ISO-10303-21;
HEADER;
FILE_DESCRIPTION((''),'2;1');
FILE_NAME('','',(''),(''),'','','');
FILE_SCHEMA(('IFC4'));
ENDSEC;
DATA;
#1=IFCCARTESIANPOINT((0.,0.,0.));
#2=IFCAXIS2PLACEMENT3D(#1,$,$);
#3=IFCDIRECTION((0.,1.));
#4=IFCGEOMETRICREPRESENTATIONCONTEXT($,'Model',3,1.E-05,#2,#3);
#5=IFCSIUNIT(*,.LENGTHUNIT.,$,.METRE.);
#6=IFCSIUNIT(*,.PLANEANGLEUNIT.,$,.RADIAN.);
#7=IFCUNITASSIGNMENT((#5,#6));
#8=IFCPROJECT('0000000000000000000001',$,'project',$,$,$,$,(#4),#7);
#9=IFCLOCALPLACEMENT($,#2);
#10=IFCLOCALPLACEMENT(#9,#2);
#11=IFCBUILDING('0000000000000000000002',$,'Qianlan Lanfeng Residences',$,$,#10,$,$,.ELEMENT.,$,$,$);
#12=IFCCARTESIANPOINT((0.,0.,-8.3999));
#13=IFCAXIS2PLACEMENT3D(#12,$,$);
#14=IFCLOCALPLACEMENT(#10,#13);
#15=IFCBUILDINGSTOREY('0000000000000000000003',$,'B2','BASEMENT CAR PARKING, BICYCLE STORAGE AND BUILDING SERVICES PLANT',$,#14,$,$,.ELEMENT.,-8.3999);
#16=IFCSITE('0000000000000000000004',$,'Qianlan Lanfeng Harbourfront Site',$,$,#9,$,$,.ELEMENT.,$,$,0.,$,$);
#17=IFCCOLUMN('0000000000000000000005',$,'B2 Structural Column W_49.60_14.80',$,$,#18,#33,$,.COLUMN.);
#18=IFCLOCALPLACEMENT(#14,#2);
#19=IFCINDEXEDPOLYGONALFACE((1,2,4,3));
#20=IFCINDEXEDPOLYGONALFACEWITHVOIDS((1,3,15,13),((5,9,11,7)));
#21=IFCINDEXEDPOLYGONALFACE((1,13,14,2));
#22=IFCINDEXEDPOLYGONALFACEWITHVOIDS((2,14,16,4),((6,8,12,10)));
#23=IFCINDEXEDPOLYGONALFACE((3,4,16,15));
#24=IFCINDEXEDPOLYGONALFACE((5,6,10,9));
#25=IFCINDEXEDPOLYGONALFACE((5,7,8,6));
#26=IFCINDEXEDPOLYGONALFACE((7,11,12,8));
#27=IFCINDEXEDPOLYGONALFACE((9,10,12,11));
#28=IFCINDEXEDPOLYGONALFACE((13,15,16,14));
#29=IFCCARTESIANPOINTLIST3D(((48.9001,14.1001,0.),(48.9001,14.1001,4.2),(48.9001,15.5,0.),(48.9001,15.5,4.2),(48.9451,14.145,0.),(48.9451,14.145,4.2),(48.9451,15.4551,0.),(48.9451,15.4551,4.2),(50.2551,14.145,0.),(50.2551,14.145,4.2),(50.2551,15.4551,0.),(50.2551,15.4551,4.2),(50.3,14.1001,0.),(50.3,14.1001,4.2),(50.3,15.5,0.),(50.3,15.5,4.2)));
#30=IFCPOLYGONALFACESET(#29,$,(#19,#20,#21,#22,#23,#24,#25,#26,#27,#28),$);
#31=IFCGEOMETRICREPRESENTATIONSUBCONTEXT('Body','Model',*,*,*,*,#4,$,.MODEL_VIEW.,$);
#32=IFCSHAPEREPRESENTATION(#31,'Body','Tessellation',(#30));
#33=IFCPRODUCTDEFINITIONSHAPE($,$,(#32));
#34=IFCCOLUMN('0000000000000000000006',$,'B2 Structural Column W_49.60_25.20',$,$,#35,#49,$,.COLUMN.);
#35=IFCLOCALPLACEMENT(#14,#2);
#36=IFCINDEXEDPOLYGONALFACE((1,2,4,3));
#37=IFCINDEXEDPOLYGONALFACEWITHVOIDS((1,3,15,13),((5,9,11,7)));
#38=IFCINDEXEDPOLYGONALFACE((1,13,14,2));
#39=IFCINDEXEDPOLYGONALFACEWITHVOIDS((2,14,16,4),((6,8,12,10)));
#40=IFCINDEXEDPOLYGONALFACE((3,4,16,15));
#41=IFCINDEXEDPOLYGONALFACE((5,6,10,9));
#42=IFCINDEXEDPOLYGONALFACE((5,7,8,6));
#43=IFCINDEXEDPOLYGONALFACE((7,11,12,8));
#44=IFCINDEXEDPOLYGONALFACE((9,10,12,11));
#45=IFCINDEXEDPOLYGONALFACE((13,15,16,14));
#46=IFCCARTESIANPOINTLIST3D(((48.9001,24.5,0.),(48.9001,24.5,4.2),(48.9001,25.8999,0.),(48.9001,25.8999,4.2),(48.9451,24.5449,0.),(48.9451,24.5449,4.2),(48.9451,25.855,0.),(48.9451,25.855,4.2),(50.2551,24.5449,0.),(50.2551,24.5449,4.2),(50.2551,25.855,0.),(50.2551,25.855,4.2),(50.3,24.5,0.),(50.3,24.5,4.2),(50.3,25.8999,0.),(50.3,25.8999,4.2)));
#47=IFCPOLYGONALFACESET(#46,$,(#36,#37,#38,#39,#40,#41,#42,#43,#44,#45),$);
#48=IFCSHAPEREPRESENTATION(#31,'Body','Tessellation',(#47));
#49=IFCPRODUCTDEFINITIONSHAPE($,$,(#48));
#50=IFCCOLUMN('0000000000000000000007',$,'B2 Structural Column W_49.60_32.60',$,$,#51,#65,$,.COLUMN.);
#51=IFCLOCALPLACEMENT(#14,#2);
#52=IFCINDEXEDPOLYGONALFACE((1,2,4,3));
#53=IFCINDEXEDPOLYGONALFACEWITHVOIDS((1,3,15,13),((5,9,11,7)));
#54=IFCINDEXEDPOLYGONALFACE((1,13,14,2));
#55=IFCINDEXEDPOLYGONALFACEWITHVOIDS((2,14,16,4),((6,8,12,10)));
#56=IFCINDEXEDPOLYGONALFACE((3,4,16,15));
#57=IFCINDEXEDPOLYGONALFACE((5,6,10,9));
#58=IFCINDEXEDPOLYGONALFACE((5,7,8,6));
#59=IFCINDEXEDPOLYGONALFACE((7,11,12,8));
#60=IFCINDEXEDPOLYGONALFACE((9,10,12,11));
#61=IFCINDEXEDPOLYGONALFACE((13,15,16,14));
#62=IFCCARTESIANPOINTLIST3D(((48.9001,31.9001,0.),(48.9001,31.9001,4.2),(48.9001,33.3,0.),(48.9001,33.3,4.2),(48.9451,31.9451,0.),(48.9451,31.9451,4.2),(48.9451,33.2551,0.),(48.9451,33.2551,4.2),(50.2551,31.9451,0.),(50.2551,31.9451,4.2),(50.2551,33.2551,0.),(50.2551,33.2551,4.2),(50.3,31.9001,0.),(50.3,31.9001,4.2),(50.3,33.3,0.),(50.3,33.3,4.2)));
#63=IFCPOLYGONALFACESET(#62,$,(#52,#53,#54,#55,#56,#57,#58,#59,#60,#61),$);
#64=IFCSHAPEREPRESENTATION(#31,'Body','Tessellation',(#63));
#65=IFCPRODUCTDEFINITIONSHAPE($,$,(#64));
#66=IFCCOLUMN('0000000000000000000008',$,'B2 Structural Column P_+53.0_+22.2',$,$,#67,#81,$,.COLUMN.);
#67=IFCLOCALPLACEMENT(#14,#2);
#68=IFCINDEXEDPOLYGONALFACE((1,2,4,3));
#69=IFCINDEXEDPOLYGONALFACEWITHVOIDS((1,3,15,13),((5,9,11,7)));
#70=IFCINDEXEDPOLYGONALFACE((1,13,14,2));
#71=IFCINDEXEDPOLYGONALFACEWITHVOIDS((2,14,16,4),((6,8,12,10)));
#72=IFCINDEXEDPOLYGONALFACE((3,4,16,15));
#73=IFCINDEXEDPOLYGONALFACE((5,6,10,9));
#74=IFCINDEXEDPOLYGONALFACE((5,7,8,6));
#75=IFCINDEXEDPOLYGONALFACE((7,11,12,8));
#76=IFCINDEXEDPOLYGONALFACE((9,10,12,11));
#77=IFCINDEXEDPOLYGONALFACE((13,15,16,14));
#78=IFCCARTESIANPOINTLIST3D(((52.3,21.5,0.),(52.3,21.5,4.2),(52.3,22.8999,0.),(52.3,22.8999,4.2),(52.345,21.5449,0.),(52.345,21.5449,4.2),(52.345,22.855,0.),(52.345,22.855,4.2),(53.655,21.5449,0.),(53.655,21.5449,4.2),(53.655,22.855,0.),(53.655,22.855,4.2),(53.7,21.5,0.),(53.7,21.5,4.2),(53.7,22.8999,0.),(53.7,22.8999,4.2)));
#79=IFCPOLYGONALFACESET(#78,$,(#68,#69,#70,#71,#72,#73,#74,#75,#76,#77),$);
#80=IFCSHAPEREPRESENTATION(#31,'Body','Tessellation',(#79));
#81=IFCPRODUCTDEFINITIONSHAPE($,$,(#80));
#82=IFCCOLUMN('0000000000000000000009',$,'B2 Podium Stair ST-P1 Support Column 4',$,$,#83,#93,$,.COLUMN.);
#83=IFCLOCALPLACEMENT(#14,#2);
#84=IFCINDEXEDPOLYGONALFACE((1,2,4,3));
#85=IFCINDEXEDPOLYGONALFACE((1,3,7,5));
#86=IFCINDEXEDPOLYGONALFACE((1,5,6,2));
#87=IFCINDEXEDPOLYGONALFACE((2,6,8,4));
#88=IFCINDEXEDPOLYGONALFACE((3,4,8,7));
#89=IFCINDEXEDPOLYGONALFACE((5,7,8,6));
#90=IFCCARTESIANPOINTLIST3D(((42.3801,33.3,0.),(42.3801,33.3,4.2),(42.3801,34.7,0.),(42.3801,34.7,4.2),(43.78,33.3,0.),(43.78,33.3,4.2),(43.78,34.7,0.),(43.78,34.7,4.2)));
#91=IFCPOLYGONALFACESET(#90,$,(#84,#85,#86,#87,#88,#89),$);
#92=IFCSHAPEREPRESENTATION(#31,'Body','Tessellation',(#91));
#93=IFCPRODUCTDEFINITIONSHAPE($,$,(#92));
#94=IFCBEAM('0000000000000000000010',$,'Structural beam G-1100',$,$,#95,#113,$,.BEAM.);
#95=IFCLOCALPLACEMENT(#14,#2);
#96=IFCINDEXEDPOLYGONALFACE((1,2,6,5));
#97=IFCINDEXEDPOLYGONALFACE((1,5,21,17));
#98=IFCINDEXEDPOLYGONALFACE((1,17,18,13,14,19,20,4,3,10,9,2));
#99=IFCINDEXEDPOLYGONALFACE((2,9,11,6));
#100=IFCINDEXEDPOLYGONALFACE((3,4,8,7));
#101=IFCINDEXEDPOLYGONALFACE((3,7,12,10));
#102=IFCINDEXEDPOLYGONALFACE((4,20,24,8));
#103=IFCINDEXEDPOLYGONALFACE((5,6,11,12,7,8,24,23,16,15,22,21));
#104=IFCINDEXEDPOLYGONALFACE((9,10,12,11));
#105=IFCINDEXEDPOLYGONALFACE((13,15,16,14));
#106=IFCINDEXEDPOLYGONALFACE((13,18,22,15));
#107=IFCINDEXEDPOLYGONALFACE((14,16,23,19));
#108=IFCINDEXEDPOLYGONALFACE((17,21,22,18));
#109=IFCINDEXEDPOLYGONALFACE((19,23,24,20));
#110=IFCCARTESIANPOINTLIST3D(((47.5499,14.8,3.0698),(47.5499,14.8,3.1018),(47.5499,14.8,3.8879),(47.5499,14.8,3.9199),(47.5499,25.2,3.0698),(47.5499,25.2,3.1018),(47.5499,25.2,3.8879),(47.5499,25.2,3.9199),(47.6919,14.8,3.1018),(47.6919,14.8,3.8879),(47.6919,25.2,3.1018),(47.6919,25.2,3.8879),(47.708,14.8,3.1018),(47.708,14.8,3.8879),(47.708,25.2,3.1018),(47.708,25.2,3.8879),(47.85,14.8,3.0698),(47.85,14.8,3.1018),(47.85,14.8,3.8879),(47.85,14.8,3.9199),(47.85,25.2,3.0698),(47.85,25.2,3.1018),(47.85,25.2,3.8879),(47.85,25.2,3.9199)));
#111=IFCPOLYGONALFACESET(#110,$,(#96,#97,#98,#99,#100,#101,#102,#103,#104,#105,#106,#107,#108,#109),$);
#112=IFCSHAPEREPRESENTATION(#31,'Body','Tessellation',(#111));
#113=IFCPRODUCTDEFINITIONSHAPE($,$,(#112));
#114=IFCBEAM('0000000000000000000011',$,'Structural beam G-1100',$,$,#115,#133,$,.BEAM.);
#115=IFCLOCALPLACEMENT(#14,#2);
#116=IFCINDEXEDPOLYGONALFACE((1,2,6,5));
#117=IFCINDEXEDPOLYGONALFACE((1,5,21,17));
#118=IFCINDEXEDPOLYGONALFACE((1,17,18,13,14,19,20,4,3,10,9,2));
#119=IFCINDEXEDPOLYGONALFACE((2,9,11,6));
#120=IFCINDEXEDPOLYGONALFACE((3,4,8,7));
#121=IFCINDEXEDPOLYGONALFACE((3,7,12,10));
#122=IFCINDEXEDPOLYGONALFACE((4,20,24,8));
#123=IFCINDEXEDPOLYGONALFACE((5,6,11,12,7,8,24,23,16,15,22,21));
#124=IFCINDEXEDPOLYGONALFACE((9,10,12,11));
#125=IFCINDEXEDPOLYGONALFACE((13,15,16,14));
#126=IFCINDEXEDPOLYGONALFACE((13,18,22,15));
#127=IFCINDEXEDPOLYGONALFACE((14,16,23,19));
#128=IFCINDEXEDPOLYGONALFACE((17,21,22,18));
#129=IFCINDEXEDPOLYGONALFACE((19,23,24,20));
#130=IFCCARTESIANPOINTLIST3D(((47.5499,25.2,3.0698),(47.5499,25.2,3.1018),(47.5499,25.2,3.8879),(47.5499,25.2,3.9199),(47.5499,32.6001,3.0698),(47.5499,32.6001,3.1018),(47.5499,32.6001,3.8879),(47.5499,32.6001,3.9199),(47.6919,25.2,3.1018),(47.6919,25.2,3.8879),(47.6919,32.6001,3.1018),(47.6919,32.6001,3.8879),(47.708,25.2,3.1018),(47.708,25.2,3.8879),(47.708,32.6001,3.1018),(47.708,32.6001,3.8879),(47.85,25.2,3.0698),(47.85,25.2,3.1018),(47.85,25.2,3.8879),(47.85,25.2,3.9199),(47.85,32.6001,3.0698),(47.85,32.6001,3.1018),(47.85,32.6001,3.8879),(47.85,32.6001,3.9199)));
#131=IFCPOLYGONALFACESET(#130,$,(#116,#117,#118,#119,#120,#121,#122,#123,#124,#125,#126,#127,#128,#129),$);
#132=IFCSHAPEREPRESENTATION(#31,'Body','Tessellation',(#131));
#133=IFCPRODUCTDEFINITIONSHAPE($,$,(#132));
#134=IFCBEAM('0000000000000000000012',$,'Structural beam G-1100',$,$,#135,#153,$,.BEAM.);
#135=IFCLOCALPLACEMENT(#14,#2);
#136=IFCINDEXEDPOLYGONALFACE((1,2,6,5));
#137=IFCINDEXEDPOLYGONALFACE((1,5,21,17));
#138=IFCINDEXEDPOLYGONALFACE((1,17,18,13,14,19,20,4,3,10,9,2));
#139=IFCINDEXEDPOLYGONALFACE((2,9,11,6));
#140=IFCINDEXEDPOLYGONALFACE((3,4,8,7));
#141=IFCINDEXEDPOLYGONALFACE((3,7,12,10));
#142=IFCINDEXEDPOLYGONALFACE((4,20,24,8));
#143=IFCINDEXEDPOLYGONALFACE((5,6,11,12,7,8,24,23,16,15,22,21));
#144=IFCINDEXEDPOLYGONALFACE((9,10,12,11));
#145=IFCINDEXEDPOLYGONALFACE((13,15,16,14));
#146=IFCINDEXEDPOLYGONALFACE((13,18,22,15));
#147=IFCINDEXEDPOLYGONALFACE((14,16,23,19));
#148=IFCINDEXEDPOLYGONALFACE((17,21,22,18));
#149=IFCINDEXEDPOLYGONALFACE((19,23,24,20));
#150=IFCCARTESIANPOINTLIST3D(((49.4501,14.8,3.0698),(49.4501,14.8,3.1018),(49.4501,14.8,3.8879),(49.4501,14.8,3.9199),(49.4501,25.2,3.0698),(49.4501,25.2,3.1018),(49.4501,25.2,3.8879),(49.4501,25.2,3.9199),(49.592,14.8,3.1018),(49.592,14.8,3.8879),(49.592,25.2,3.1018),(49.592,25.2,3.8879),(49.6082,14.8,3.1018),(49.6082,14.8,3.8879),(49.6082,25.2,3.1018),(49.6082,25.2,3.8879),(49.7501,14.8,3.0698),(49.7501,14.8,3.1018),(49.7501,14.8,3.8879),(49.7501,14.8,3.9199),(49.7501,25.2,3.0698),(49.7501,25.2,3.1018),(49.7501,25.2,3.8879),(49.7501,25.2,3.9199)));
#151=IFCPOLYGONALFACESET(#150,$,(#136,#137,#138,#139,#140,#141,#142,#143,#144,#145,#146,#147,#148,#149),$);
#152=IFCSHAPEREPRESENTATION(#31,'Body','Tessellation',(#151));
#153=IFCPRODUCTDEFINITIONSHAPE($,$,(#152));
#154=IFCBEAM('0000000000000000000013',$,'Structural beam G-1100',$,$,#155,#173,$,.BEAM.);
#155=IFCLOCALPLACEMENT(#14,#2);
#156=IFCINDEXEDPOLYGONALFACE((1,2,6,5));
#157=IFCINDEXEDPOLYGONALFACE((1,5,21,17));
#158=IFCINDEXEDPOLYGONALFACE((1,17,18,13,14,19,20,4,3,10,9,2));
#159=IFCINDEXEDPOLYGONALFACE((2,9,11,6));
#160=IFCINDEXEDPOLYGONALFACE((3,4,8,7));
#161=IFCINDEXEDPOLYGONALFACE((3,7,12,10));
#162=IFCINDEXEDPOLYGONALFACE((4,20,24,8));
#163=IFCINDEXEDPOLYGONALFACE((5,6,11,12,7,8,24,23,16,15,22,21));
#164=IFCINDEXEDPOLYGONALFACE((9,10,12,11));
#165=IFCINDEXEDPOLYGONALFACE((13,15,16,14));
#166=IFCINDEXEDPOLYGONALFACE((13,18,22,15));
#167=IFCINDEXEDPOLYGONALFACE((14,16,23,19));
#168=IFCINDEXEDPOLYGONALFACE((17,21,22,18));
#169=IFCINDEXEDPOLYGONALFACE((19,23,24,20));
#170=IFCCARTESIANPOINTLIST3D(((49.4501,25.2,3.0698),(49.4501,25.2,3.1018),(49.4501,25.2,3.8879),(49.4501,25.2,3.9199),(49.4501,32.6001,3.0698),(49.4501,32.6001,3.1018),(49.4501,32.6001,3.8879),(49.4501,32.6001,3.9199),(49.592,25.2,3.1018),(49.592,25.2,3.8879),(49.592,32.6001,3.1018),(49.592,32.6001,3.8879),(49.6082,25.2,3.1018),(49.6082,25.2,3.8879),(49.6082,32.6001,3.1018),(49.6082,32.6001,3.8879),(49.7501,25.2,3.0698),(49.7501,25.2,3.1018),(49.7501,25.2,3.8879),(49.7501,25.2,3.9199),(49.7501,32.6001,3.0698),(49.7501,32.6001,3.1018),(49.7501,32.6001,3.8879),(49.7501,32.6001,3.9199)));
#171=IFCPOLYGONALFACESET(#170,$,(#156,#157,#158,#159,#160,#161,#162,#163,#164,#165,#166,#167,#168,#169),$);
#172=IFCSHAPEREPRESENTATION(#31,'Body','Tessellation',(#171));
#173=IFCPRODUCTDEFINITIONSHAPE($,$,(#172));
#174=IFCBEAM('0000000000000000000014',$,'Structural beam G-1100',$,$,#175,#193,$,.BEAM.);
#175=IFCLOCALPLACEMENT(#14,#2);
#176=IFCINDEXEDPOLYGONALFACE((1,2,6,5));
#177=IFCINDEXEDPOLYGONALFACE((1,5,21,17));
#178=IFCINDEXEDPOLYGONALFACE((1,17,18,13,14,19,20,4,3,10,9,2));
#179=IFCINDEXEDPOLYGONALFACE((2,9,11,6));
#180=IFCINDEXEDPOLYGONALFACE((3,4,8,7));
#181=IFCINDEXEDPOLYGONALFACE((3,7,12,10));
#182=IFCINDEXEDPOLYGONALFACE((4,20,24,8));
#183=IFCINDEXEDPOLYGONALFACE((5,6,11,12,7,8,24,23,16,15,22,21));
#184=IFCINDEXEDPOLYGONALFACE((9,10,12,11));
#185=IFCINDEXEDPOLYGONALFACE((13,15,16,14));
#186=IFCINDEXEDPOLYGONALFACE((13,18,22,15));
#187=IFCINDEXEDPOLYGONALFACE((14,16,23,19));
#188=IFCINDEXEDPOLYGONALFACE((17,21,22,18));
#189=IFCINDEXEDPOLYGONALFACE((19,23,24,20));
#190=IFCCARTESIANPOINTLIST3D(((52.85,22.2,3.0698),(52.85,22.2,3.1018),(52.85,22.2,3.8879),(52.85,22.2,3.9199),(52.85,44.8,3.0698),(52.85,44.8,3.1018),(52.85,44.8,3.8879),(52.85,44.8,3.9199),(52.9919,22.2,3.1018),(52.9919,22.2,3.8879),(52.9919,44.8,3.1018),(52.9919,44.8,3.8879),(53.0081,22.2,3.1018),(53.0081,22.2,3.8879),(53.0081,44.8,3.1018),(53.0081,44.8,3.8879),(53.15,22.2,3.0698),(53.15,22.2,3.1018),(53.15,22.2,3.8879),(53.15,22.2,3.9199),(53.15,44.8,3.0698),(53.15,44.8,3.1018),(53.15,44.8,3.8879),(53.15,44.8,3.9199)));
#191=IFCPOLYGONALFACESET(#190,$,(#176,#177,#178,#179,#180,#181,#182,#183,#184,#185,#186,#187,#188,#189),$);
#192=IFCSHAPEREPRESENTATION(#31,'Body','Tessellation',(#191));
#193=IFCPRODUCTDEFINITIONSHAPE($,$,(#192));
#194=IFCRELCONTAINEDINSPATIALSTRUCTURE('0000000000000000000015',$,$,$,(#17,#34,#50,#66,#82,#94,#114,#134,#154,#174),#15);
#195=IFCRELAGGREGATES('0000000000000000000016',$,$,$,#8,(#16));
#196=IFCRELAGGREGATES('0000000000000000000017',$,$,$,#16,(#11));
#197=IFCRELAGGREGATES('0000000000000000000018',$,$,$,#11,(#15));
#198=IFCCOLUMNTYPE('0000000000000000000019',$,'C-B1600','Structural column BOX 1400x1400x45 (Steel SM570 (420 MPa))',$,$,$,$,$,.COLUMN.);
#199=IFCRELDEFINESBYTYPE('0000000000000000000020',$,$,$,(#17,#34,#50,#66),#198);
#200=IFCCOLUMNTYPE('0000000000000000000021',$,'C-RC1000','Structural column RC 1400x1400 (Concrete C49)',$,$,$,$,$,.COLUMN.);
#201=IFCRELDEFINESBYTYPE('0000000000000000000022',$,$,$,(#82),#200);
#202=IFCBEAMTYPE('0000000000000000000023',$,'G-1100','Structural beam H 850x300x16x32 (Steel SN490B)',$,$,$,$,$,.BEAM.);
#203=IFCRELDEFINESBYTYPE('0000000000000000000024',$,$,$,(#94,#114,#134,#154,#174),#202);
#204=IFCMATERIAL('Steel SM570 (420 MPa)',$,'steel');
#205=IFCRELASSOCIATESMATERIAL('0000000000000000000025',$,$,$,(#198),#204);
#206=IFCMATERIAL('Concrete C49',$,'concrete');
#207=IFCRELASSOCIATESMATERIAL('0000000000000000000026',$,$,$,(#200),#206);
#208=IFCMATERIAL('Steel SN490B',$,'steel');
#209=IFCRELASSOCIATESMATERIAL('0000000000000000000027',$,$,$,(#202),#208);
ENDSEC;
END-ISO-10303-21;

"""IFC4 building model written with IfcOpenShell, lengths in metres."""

from ifc_helpers import new_model, si_unit, direction, frame, origin, origin_2d, place, context, subcontext, project, spatial, rectangle, hollow_rectangle, i_section, extrude, material, material_profile, profile_set, type_object, element, save


model = new_model("IFC4")

# Units and contexts
model_context = context("Model", 3, precision=1e-05, world=origin(), true_north=direction((0.0, 1.0)))
body_context = subcontext(model_context, "Body", "Model", "MODEL_VIEW")
ifc_project = project(units=[si_unit("LENGTHUNIT", "METRE"), si_unit("PLANEANGLEUNIT", "RADIAN")], contexts=[model_context])

# Site, building, storey
site_placement = place(None, origin())
site = spatial("IfcSite", under=ifc_project, at=site_placement, Name="Qianlan Lanfeng Harbourfront Site", CompositionType="ELEMENT", RefElevation=0.0)
building_placement = place(site_placement, origin())
building = spatial("IfcBuilding", under=site, at=building_placement, Name="Qianlan Lanfeng Residences", CompositionType="ELEMENT")
storey_placement = place(building_placement, frame((0.0, 0.0, -8.3999)))
storey = spatial("IfcBuildingStorey", under=building, at=storey_placement, Name="B2", Description="BASEMENT CAR PARKING, BICYCLE STORAGE AND BUILDING SERVICES PLANT", CompositionType="ELEMENT", Elevation=-8.3999)

# Columns
ifc_material_1 = material(Name="Steel SM570 (420 MPa)", Category="steel")
ifc_material_profile_1 = material_profile(ifc_material_1, hollow_rectangle(XDim=1.3999, YDim=1.3999, WallThickness=0.0449, at=origin_2d()), Name="BOX 1400x1400x45")
ifc_profile_set_1 = profile_set([ifc_material_profile_1], Name="Steel SM570 (420 MPa)")
column_type_1 = type_object("IfcColumnType", Name="C-B1600", Description="Structural column BOX 1400x1400x45 (Steel SM570 (420 MPa))", PredefinedType="COLUMN", material=ifc_profile_set_1)
for number, where, z_axis, x_axis, name in (
    (1, (49.6001, 14.8, 0.0), (0.0, 0.0, 1.0), (1.0, 0.0, 0.0), "B2 Structural Column W_49.60_14.80"),
    (2, (49.6001, 25.2, 0.0), (0.0, 0.0, 1.0), (1.0, 0.0, 0.0), "B2 Structural Column W_49.60_25.20"),
    (3, (49.6001, 32.6001, 0.0), (0.0, 0.0, 1.0), (1.0, 0.0, 0.0), "B2 Structural Column W_49.60_32.60"),
    (4, (53.0, 22.2, 0.0), (0.0, 0.0, 1.0), (1.0, 0.0, 0.0), "B2 Structural Column P_+53.0_+22.2"),
):
    element("IfcColumn", number, at=place(storey_placement, frame(where, z_axis=z_axis, x_axis=x_axis)), inside=storey, type_object=column_type_1, Name=name, PredefinedType="COLUMN", context=body_context, shape_type="SweptSolid", body=[
        extrude(hollow_rectangle(XDim=1.3999, YDim=1.3999, WallThickness=0.0449, at=origin_2d()), origin(), (0.0, 0.0, 1.0), 4.2),
    ])
ifc_material_2 = material(Name="Concrete C49", Category="concrete")
ifc_material_profile_2 = material_profile(ifc_material_2, rectangle(XDim=1.3999, YDim=1.3999, at=origin_2d()), Name="RC 1400x1400")
ifc_profile_set_2 = profile_set([ifc_material_profile_2], Name="Concrete C49")
column_type_2 = type_object("IfcColumnType", Name="C-RC1000", Description="Structural column RC 1400x1400 (Concrete C49)", PredefinedType="COLUMN", material=ifc_profile_set_2)
column_placement = place(storey_placement, frame((43.0801, 34.0, 0.0), z_axis=(0.0, 0.0, 1.0), x_axis=(1.0, 0.0, 0.0)))
element("IfcColumn", 5, at=column_placement, inside=storey, type_object=column_type_2, Name="B2 Podium Stair ST-P1 Support Column 4", PredefinedType="COLUMN", context=body_context, shape_type="SweptSolid", body=[
    extrude(rectangle(XDim=1.3999, YDim=1.3999, at=origin_2d()), origin(), (0.0, 0.0, 1.0), 4.2),
])

# Beams
ifc_material_3 = material(Name="Steel SN490B", Category="steel")
ifc_material_profile_3 = material_profile(ifc_material_3, i_section(OverallWidth=0.3, OverallDepth=0.8501, WebThickness=0.0161, FlangeThickness=0.032, at=origin_2d()), Name="H 850x300x16x32")
ifc_profile_set_3 = profile_set([ifc_material_profile_3], Name="Steel SN490B")
beam_type_1 = type_object("IfcBeamType", Name="G-1100", Description="Structural beam H 850x300x16x32 (Steel SN490B)", PredefinedType="BEAM", material=ifc_profile_set_3)
beam_1_placement = place(storey_placement, frame((47.7, 14.8, 3.4949), z_axis=(0.0, 1.0, 0.0), x_axis=(-1.0, 0.0, 0.0)))
element("IfcBeam", 6, at=beam_1_placement, inside=storey, type_object=beam_type_1, Name="Structural beam G-1100", PredefinedType="BEAM", context=body_context, shape_type="SweptSolid", body=[
    extrude(i_section(OverallWidth=0.3, OverallDepth=0.8501, WebThickness=0.0161, FlangeThickness=0.032, at=origin_2d()), origin(), (0.0, 0.0, 1.0), 10.3999),
])
beam_2_placement = place(storey_placement, frame((47.7, 25.2, 3.4949), z_axis=(0.0, 1.0, 0.0), x_axis=(-1.0, 0.0, 0.0)))
element("IfcBeam", 7, at=beam_2_placement, inside=storey, type_object=beam_type_1, Name="Structural beam G-1100", PredefinedType="BEAM", context=body_context, shape_type="SweptSolid", body=[
    extrude(i_section(OverallWidth=0.3, OverallDepth=0.8501, WebThickness=0.0161, FlangeThickness=0.032, at=origin_2d()), origin(), (0.0, 0.0, 1.0), 7.4001),
])
beam_3_placement = place(storey_placement, frame((49.6001, 14.8, 3.4949), z_axis=(0.0, 1.0, 0.0), x_axis=(-1.0, 0.0, 0.0)))
element("IfcBeam", 8, at=beam_3_placement, inside=storey, type_object=beam_type_1, Name="Structural beam G-1100", PredefinedType="BEAM", context=body_context, shape_type="SweptSolid", body=[
    extrude(i_section(OverallWidth=0.3, OverallDepth=0.8501, WebThickness=0.0161, FlangeThickness=0.032, at=origin_2d()), origin(), (0.0, 0.0, 1.0), 10.3999),
])
beam_4_placement = place(storey_placement, frame((49.6001, 25.2, 3.4949), z_axis=(0.0, 1.0, 0.0), x_axis=(-1.0, 0.0, 0.0)))
element("IfcBeam", 9, at=beam_4_placement, inside=storey, type_object=beam_type_1, Name="Structural beam G-1100", PredefinedType="BEAM", context=body_context, shape_type="SweptSolid", body=[
    extrude(i_section(OverallWidth=0.3, OverallDepth=0.8501, WebThickness=0.0161, FlangeThickness=0.032, at=origin_2d()), origin(), (0.0, 0.0, 1.0), 7.4001),
])
beam_5_placement = place(storey_placement, frame((53.0, 22.2, 3.4949), z_axis=(0.0, 1.0, 0.0), x_axis=(-1.0, 0.0, 0.0)))
element("IfcBeam", 10, at=beam_5_placement, inside=storey, type_object=beam_type_1, Name="Structural beam G-1100", PredefinedType="BEAM", context=body_context, shape_type="SweptSolid", body=[
    extrude(i_section(OverallWidth=0.3, OverallDepth=0.8501, WebThickness=0.0161, FlangeThickness=0.032, at=origin_2d()), origin(), (0.0, 0.0, 1.0), 22.6001),
])

save(model, "model.ifc")
